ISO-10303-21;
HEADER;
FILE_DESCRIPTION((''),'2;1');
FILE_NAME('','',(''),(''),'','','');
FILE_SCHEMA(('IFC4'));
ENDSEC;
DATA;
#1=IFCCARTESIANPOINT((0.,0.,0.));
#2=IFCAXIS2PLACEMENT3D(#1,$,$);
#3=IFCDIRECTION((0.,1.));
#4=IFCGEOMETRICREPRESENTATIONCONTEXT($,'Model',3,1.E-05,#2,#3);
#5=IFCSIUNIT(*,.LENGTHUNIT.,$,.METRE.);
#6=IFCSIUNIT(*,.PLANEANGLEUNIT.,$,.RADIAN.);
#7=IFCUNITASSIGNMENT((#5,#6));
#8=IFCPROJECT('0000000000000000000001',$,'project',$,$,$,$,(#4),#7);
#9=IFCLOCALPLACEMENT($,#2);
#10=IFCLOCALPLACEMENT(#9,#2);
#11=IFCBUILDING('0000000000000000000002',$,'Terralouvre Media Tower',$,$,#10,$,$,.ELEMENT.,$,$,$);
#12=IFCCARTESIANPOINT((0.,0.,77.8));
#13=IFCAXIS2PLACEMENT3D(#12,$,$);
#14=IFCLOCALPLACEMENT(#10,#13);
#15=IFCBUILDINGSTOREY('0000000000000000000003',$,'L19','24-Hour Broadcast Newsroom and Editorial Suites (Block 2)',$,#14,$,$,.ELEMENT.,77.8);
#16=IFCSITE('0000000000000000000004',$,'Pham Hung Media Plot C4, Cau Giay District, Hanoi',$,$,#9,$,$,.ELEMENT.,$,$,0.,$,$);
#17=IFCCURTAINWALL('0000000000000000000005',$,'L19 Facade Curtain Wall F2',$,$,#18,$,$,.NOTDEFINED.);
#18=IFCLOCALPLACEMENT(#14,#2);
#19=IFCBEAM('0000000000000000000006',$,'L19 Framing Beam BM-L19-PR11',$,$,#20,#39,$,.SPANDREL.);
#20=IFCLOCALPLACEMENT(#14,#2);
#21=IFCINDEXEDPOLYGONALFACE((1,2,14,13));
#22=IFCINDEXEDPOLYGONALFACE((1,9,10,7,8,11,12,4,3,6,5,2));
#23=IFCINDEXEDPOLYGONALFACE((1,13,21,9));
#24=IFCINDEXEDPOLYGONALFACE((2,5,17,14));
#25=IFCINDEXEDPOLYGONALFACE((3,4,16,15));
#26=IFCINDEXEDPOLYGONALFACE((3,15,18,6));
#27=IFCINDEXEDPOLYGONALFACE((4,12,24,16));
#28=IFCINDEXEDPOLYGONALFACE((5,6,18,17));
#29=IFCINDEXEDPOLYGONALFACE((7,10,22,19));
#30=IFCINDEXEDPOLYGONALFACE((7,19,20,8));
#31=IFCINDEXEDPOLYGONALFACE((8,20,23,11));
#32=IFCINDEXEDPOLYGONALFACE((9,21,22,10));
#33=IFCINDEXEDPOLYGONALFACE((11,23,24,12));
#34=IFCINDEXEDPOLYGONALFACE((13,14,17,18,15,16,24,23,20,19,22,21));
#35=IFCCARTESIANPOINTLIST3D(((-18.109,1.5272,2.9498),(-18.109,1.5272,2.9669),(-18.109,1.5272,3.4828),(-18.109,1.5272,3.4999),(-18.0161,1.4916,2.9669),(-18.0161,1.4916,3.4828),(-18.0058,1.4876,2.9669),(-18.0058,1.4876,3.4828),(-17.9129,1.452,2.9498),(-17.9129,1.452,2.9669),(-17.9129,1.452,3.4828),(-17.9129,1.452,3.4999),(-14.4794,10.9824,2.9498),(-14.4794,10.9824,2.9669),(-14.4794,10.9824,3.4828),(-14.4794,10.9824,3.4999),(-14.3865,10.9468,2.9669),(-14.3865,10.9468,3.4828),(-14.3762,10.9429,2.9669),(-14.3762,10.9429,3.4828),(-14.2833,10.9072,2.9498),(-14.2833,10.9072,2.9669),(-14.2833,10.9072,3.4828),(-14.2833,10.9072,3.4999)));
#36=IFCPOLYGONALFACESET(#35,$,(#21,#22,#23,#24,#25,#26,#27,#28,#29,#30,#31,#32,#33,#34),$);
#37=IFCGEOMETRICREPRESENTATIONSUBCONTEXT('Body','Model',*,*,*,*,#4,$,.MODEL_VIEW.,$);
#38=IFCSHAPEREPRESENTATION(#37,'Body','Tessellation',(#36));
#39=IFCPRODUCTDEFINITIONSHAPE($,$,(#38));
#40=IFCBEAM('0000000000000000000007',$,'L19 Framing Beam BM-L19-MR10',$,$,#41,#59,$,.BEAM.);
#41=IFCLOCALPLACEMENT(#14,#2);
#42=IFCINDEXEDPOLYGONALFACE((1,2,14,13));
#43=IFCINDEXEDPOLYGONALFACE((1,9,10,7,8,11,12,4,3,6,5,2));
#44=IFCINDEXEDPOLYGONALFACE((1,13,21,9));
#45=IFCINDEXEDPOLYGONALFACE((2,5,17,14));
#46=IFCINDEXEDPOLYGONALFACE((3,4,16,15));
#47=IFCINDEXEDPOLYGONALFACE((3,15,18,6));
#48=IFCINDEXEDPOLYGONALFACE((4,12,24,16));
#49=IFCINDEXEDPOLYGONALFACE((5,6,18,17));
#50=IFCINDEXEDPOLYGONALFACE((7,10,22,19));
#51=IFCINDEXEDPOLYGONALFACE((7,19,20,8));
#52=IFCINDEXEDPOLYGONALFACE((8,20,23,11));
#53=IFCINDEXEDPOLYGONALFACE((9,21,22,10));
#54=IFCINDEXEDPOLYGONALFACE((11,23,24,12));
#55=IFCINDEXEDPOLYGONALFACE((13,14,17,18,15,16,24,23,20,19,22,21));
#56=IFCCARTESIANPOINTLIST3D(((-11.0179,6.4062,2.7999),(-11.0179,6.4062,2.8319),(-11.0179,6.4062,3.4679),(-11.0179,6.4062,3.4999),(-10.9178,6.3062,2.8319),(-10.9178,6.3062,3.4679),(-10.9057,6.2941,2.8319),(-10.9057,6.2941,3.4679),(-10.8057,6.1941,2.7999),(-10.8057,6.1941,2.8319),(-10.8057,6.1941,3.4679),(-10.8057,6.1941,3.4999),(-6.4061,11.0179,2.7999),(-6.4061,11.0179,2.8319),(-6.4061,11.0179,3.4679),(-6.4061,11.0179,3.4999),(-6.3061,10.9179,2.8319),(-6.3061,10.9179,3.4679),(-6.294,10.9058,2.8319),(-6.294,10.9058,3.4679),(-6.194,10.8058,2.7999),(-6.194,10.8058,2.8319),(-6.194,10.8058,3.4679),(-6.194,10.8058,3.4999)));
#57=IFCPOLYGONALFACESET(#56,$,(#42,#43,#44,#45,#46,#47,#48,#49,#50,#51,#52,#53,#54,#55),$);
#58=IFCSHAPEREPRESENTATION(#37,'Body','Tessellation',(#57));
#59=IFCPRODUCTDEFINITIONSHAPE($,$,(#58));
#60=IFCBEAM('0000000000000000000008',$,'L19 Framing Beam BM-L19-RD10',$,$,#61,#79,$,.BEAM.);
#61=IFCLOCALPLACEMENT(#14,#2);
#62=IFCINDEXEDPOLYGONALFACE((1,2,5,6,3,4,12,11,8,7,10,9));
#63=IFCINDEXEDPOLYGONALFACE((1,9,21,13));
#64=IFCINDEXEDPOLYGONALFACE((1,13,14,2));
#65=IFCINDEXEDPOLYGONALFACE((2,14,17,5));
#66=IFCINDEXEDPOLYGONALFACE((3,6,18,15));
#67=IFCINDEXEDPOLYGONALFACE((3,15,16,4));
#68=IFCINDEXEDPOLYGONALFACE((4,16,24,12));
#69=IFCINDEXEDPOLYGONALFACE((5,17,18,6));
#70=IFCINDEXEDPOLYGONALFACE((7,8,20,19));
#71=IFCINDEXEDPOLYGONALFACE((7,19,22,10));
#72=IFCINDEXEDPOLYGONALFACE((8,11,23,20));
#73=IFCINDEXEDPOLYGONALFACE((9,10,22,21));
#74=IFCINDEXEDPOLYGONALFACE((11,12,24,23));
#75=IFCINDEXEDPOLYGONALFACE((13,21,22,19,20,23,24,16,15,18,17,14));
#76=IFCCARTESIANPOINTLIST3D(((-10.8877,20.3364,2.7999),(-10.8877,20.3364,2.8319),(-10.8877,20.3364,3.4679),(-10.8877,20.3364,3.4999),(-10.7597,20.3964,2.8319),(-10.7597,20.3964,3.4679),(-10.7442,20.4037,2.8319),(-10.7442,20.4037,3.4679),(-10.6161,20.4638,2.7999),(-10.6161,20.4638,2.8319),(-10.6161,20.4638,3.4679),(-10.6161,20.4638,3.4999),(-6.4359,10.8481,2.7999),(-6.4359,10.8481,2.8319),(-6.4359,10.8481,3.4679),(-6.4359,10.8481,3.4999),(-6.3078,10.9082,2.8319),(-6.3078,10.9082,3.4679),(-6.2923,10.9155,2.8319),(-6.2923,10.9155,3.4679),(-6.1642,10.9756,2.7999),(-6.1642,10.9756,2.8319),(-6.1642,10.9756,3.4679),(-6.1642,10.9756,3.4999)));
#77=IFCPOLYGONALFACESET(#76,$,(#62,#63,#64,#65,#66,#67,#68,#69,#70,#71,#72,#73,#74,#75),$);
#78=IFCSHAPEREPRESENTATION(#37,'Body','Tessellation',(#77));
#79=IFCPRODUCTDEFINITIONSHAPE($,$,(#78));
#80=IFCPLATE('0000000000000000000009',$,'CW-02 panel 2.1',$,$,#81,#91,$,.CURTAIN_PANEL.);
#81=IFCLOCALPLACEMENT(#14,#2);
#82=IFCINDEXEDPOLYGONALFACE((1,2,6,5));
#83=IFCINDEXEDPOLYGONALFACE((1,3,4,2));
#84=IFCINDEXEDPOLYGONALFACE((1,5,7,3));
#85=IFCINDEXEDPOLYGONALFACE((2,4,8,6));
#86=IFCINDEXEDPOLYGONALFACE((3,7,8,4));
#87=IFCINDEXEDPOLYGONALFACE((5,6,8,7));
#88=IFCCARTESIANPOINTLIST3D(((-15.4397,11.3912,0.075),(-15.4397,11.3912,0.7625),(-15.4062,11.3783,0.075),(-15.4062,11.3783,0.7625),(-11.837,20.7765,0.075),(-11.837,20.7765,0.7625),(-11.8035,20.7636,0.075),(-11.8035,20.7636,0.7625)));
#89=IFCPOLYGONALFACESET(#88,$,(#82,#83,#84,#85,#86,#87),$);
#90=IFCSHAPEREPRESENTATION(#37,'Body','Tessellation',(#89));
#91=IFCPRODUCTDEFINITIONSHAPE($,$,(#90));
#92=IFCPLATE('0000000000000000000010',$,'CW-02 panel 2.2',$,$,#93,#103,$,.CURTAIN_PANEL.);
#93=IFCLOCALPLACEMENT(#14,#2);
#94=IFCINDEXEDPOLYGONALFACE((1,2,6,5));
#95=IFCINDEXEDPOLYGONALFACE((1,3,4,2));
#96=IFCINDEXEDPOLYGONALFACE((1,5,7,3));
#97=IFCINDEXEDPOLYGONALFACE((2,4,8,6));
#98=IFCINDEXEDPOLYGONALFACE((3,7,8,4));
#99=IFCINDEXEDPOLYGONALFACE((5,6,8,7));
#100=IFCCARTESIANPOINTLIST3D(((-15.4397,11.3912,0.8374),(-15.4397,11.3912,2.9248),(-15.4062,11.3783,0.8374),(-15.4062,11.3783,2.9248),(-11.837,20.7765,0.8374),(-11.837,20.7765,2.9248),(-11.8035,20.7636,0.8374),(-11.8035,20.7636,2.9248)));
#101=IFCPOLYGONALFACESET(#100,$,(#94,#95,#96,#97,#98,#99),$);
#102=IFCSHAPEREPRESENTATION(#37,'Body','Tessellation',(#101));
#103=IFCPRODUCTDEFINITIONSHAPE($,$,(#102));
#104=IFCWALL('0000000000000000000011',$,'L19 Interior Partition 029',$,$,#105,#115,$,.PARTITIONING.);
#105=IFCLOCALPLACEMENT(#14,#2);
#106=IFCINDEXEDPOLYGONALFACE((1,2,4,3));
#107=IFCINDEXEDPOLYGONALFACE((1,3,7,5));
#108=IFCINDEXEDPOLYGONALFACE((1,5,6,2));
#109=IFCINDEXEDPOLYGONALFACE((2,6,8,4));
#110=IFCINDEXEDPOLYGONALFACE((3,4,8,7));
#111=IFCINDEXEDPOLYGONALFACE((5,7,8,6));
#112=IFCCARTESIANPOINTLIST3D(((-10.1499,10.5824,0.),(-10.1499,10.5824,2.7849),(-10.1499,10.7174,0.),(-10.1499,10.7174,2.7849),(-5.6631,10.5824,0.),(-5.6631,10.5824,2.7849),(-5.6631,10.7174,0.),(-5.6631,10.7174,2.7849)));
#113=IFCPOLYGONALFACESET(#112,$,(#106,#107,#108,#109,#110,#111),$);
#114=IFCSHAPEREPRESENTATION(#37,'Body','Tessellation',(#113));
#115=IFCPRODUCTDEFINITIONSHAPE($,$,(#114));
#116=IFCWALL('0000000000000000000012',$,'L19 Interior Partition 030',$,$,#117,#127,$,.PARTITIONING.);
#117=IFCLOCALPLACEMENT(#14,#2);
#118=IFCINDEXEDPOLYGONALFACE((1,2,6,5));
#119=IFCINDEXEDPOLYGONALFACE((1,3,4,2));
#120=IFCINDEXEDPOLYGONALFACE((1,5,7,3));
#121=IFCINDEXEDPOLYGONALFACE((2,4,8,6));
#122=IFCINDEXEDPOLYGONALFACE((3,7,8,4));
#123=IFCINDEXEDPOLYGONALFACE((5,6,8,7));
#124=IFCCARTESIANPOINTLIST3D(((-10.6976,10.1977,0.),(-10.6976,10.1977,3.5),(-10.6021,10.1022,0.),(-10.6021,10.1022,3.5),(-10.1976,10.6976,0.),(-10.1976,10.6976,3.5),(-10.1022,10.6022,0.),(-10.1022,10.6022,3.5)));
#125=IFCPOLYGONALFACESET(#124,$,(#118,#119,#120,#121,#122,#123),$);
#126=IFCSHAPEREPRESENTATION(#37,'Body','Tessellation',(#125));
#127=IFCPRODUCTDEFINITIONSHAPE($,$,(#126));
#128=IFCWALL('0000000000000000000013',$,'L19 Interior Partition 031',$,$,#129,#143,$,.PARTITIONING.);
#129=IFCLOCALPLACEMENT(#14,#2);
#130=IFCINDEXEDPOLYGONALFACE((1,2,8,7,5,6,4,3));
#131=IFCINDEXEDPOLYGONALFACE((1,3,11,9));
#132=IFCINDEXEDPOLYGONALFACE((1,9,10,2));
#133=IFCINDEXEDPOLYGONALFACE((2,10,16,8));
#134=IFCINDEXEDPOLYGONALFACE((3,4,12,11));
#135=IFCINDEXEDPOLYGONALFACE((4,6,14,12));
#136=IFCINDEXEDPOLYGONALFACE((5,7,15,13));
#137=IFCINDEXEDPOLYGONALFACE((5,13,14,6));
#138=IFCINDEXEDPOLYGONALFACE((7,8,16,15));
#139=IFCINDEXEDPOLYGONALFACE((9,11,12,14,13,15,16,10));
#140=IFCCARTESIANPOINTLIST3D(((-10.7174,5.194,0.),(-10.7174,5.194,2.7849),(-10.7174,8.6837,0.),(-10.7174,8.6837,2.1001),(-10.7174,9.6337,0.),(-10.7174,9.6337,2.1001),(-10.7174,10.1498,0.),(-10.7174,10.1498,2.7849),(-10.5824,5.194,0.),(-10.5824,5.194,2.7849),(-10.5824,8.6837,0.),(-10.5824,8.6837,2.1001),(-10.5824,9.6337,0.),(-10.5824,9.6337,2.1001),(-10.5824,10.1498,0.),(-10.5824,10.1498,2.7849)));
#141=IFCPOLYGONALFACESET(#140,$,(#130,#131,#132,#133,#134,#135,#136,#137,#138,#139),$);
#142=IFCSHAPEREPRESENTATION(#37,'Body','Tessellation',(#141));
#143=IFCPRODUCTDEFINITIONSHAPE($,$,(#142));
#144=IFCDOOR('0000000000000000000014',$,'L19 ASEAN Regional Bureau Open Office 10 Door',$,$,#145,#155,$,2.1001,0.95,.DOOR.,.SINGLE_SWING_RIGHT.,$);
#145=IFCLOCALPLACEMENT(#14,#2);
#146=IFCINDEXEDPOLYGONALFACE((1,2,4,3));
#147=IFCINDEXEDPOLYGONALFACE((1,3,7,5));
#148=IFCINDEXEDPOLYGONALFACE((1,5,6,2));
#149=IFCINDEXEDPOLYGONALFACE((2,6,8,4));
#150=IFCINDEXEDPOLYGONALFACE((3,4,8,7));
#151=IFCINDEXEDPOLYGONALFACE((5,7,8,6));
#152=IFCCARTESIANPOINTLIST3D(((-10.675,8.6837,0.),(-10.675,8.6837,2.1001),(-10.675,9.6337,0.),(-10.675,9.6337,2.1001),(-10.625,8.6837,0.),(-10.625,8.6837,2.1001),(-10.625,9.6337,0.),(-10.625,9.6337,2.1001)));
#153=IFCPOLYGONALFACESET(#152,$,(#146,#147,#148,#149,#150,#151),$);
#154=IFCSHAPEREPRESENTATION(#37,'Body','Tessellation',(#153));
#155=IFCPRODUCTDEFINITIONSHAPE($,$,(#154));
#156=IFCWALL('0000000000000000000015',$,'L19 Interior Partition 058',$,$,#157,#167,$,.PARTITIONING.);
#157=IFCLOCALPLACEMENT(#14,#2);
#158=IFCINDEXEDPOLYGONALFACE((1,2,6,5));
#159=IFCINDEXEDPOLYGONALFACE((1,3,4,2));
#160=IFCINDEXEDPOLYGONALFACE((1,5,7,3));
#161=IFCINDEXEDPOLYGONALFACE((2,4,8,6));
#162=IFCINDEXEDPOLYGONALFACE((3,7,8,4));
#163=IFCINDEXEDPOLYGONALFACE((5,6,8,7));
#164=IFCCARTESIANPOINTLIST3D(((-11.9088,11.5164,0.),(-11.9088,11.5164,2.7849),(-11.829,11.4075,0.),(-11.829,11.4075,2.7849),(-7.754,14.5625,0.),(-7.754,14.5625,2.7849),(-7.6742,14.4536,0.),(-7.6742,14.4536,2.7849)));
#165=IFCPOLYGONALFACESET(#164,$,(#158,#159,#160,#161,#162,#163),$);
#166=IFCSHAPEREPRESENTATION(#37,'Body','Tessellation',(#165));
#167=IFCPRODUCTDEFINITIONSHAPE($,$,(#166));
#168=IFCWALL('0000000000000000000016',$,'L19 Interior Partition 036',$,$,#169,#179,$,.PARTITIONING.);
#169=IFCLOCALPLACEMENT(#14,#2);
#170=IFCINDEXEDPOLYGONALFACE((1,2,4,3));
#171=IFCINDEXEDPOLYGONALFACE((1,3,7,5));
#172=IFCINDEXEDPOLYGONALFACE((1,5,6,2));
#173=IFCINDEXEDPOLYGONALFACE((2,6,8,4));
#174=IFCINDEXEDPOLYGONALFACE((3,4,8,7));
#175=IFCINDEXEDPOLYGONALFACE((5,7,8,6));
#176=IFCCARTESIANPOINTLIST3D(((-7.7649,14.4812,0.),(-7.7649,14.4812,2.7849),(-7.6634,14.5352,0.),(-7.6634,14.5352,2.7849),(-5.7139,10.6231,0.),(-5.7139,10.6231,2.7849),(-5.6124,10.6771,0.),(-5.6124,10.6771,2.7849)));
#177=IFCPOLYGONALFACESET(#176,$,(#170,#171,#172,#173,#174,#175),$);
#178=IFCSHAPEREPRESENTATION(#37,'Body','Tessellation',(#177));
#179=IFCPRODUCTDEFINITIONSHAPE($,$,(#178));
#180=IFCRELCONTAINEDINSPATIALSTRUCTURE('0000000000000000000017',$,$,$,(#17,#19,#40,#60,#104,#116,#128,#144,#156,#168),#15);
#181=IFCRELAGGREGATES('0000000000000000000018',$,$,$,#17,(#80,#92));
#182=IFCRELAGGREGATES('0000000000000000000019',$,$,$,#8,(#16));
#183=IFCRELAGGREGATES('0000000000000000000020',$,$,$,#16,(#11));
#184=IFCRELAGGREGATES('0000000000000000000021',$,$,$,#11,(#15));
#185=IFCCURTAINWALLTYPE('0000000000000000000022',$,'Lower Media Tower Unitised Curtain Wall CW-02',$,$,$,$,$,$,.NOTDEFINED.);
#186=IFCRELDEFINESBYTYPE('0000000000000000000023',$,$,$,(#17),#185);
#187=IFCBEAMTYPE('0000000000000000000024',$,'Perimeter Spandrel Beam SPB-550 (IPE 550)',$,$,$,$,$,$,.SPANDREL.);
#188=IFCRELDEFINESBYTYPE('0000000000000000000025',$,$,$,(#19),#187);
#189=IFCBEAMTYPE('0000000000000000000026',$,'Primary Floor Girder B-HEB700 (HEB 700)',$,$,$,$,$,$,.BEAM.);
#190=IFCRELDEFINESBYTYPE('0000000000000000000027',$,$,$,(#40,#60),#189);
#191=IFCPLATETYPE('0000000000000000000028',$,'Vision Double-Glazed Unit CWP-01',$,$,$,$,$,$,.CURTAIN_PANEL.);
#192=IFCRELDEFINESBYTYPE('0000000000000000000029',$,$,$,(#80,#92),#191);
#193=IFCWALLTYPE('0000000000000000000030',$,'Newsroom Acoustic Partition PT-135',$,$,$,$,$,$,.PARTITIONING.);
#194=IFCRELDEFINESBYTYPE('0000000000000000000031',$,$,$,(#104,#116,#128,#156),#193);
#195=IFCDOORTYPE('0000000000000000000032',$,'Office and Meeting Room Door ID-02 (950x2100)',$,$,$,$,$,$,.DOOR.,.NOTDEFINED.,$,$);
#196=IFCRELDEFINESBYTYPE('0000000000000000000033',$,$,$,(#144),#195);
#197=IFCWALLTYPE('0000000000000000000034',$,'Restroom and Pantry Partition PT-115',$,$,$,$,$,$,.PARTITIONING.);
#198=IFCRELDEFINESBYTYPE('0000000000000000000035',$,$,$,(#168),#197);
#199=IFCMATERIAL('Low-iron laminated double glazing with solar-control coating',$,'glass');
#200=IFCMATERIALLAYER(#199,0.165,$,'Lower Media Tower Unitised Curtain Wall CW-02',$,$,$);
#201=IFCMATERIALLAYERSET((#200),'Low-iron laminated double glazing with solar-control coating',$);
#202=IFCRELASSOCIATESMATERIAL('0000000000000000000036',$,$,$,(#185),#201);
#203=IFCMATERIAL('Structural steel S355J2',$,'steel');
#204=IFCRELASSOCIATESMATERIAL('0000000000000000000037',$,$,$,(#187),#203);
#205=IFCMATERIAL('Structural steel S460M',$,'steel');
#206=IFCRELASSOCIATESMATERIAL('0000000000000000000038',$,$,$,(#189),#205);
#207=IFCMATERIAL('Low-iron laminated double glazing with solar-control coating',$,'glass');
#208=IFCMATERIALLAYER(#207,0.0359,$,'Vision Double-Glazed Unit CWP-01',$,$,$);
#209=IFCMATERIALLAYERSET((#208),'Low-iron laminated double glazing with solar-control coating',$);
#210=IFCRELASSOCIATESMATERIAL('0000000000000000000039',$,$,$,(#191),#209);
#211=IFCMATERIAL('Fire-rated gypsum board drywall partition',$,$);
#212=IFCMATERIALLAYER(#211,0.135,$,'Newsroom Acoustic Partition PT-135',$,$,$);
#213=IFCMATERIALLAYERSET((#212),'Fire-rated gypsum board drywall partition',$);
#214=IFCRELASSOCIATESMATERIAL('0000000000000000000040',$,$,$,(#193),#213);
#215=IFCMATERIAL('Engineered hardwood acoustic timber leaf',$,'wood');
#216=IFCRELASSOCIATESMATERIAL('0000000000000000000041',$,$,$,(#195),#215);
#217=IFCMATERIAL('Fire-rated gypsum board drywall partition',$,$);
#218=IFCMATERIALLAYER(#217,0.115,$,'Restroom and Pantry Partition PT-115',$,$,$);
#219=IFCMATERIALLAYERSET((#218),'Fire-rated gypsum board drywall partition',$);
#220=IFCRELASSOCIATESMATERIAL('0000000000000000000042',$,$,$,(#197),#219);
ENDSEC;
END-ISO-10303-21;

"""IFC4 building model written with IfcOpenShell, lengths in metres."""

from ifc_helpers import new_model, si_unit, direction, frame, frame_2d, origin, origin_2d, place, context, subcontext, project, spatial, rectangle, i_section, extrude, material, layer, layer_set, material_profile, profile_set, type_object, element, fill, aggregate, save


model = new_model("IFC4")

# Units and contexts
model_context = context("Model", 3, precision=1e-05, world=origin(), true_north=direction((0.0, 1.0)))
body_context = subcontext(model_context, "Body", "Model", "MODEL_VIEW")
ifc_project = project(units=[si_unit("LENGTHUNIT", "METRE"), si_unit("PLANEANGLEUNIT", "RADIAN")], contexts=[model_context])

# Site, building, storey
site_placement = place(None, origin())
site = spatial("IfcSite", under=ifc_project, at=site_placement, Name="Pham Hung Media Plot C4, Cau Giay District, Hanoi", CompositionType="ELEMENT", RefElevation=0.0)
building_placement = place(site_placement, origin())
building = spatial("IfcBuilding", under=site, at=building_placement, Name="Terralouvre Media Tower", CompositionType="ELEMENT")
storey_placement = place(building_placement, frame((0.0, 0.0, 77.8)))
storey = spatial("IfcBuildingStorey", under=building, at=storey_placement, Name="L19", Description="24-Hour Broadcast Newsroom and Editorial Suites (Block 2)", CompositionType="ELEMENT", Elevation=77.8)

# Curtain wall
ifc_material_1 = material(Name="Low-iron laminated double glazing with solar-control coating", Category="glass")
ifc_layer_1 = layer(ifc_material_1, 0.165, Name="Lower Media Tower Unitised Curtain Wall CW-02")
ifc_layer_set_1 = layer_set([ifc_layer_1], Name="Low-iron laminated double glazing with solar-control coating")
curtain_wall_type = type_object("IfcCurtainWallType", Name="Lower Media Tower Unitised Curtain Wall CW-02", PredefinedType="NOTDEFINED", material=ifc_layer_set_1)
curtain_wall_placement = place(storey_placement, origin())
curtain_wall = element("IfcCurtainWall", 1, at=curtain_wall_placement, inside=storey, type_object=curtain_wall_type, Name="L19 Facade Curtain Wall F2", PredefinedType="NOTDEFINED")

# Beams
ifc_material_2 = material(Name="Structural steel S355J2", Category="steel")
ifc_material_profile_1 = material_profile(ifc_material_2, i_section(OverallWidth=0.21, OverallDepth=0.55, WebThickness=0.011, FlangeThickness=0.0171, at=origin_2d()), Name="IPE 550")
ifc_profile_set_1 = profile_set([ifc_material_profile_1], Name="Structural steel S355J2")
beam_type_1 = type_object("IfcBeamType", Name="Perimeter Spandrel Beam SPB-550 (IPE 550)", PredefinedType="SPANDREL", material=ifc_profile_set_1)
for number, where, z_axis, x_axis, name in (
    (2, (-14.3813, 10.9448, 3.2249), (-0.358375, -0.933578, 0.0), (0.933578, -0.358375, 0.0), "L19 Framing Beam BM-L19-PR11"),
):
    element("IfcBeam", number, at=place(storey_placement, frame(where, z_axis=z_axis, x_axis=x_axis)), inside=storey, type_object=beam_type_1, Name=name, PredefinedType="SPANDREL", context=body_context, shape_type="SweptSolid", body=[
        extrude(i_section(OverallWidth=0.21, OverallDepth=0.55, WebThickness=0.011, FlangeThickness=0.0171, at=origin_2d()), origin(), (0.0, 0.0, 1.0), 10.1279),
    ])
ifc_material_3 = material(Name="Structural steel S460M", Category="steel")
ifc_material_profile_2 = material_profile(ifc_material_3, i_section(OverallWidth=0.3, OverallDepth=0.7, WebThickness=0.0171, FlangeThickness=0.032, at=origin_2d()), Name="HEB 700")
ifc_profile_set_2 = profile_set([ifc_material_profile_2], Name="Structural steel S460M")
beam_type_2 = type_object("IfcBeamType", Name="Primary Floor Girder B-HEB700 (HEB 700)", PredefinedType="BEAM", material=ifc_profile_set_2)
beam_1_placement = place(storey_placement, frame((-6.3, 10.9119, 3.1499), z_axis=(-0.707107, -0.707107, 0.0), x_axis=(0.707107, -0.707107, 0.0)))
element("IfcBeam", 3, at=beam_1_placement, inside=storey, type_object=beam_type_2, Name="L19 Framing Beam BM-L19-MR10", PredefinedType="BEAM", context=body_context, shape_type="SweptSolid", body=[
    extrude(i_section(OverallWidth=0.3, OverallDepth=0.7, WebThickness=0.0171, FlangeThickness=0.032, at=origin_2d()), origin(), (0.0, 0.0, 1.0), 6.522),
])
beam_2_placement = place(storey_placement, frame((-6.3, 10.9119, 3.1499), z_axis=(-0.424768, 0.905302, 0.0), x_axis=(-0.905302, -0.424768, 0.0)))
element("IfcBeam", 4, at=beam_2_placement, inside=storey, type_object=beam_type_2, Name="L19 Framing Beam BM-L19-RD10", PredefinedType="BEAM", context=body_context, shape_type="SweptSolid", body=[
    extrude(i_section(OverallWidth=0.3, OverallDepth=0.7, WebThickness=0.0171, FlangeThickness=0.032, at=origin_2d()), origin(), (0.0, 0.0, 1.0), 10.4807),
])

# Plates
ifc_material_4 = material(Name="Low-iron laminated double glazing with solar-control coating", Category="glass")
ifc_layer_2 = layer(ifc_material_4, 0.0359, Name="Vision Double-Glazed Unit CWP-01")
ifc_layer_set_2 = layer_set([ifc_layer_2], Name="Low-iron laminated double glazing with solar-control coating")
plate_type = type_object("IfcPlateType", Name="Vision Double-Glazed Unit CWP-01", PredefinedType="CURTAIN_PANEL", material=ifc_layer_set_2)
plate_1_placement = place(storey_placement, frame((-13.6216, 16.0774, 0.075), z_axis=(0.0, 0.0, 1.0), x_axis=(-0.358368, -0.93358, 0.0)))
plate_1 = element("IfcPlate", 5, at=plate_1_placement, type_object=plate_type, Name="CW-02 panel 2.1", PredefinedType="CURTAIN_PANEL", context=body_context, shape_type="SweptSolid", body=[
    extrude(rectangle(XDim=10.053, YDim=0.0359, at=origin_2d()), origin(), (0.0, 0.0, 1.0), 0.6875),
])
plate_2_placement = place(storey_placement, frame((-13.6216, 16.0774, 0.8374), z_axis=(0.0, 0.0, 1.0), x_axis=(-0.358368, -0.93358, 0.0)))
plate_2 = element("IfcPlate", 6, at=plate_2_placement, type_object=plate_type, Name="CW-02 panel 2.2", PredefinedType="CURTAIN_PANEL", context=body_context, shape_type="SweptSolid", body=[
    extrude(rectangle(XDim=10.053, YDim=0.0359, at=origin_2d()), origin(), (0.0, 0.0, 1.0), 2.0874),
])
aggregate(curtain_wall, [plate_1, plate_2])

# Walls
ifc_material_5 = material(Name="Fire-rated gypsum board drywall partition")
ifc_layer_3 = layer(ifc_material_5, 0.135, Name="Newsroom Acoustic Partition PT-135")
ifc_layer_set_3 = layer_set([ifc_layer_3], Name="Fire-rated gypsum board drywall partition")
wall_type_1 = type_object("IfcWallType", Name="Newsroom Acoustic Partition PT-135", PredefinedType="PARTITIONING", material=ifc_layer_set_3)
wall_1_placement = place(storey_placement, frame((-5.6631, 10.6499, 0.0), z_axis=(0.0, 0.0, 1.0), x_axis=(-1.0, 0.0, 0.0)))
element("IfcWall", 7, at=wall_1_placement, inside=storey, type_object=wall_type_1, Name="L19 Interior Partition 029", PredefinedType="PARTITIONING", context=body_context, shape_type="SweptSolid", body=[
    extrude(rectangle(XDim=4.4868, YDim=0.135, at=frame_2d((2.2434, 0.0))), origin(), (0.0, 0.0, 1.0), 2.7849),
])
wall_2_placement = place(storey_placement, frame((-10.1499, 10.6499, 0.0), z_axis=(0.0, 0.0, 1.0), x_axis=(-0.707107, -0.707107, 0.0)))
element("IfcWall", 8, at=wall_2_placement, inside=storey, type_object=wall_type_1, Name="L19 Interior Partition 030", PredefinedType="PARTITIONING", context=body_context, shape_type="SweptSolid", body=[
    extrude(rectangle(XDim=0.707, YDim=0.135, at=frame_2d((0.3535, 0.0))), origin(), (0.0, 0.0, 1.0), 3.5),
])

# Wall, opening, door
wall_3_placement = place(storey_placement, frame((-10.6499, 10.1499, 0.0), z_axis=(0.0, 0.0, 1.0), x_axis=(0.0, -1.0, 0.0)))
wall_3 = element("IfcWall", 9, at=wall_3_placement, inside=storey, type_object=wall_type_1, Name="L19 Interior Partition 031", PredefinedType="PARTITIONING", context=body_context, shape_type="SweptSolid", body=[
    extrude(rectangle(XDim=4.9558, YDim=0.135, at=frame_2d((2.478, 0.0))), origin(), (0.0, 0.0, 1.0), 2.7849),
])
opening_placement = place(wall_3_placement, frame((0.5161, 0.0, 0.0)))
opening = element("IfcOpeningElement", 10, at=opening_placement, cuts=wall_3, PredefinedType="OPENING", context=body_context, shape_type="SweptSolid", body=[
    extrude(rectangle(XDim=0.95, YDim=2.1001, at=frame_2d((0.4751, 1.05))), frame((0.0, 0.0774, 0.0), z_axis=(0.0, -1.0, 0.0), x_axis=(1.0, 0.0, 0.0)), (0.0, 0.0, 1.0), 0.155),
])
ifc_material_6 = material(Name="Engineered hardwood acoustic timber leaf", Category="wood")
door_type = type_object("IfcDoorType", Name="Office and Meeting Room Door ID-02 (950x2100)", OperationType="NOTDEFINED", PredefinedType="DOOR", material=ifc_material_6)
door_placement = place(opening_placement, origin())
door = element("IfcDoor", 11, at=door_placement, inside=storey, type_object=door_type, Name="L19 ASEAN Regional Bureau Open Office 10 Door", OperationType="SINGLE_SWING_RIGHT", OverallHeight=2.1001, OverallWidth=0.95, PredefinedType="DOOR", context=body_context, shape_type="SweptSolid", body=[
    extrude(rectangle(XDim=0.95, YDim=2.1001, at=frame_2d((0.4751, 1.05))), frame((0.0, 0.0249, 0.0), z_axis=(0.0, -1.0, 0.0), x_axis=(1.0, 0.0, 0.0)), (0.0, 0.0, 1.0), 0.05),
])
fill(opening, door)

# Walls
wall_4_placement = place(storey_placement, frame((-11.8689, 11.4619, 0.0), z_axis=(0.0, 0.0, 1.0), x_axis=(0.80647, 0.591275, 0.0)))
element("IfcWall", 12, at=wall_4_placement, inside=storey, type_object=wall_type_1, Name="L19 Interior Partition 058", PredefinedType="PARTITIONING", context=body_context, shape_type="SweptSolid", body=[
    extrude(rectangle(XDim=5.1519, YDim=0.135, at=frame_2d((2.5759, 0.0))), origin(), (0.0, 0.0, 1.0), 2.7849),
])
ifc_material_7 = material(Name="Fire-rated gypsum board drywall partition")
ifc_layer_4 = layer(ifc_material_7, 0.115, Name="Restroom and Pantry Partition PT-115")
ifc_layer_set_4 = layer_set([ifc_layer_4], Name="Fire-rated gypsum board drywall partition")
wall_type_2 = type_object("IfcWallType", Name="Restroom and Pantry Partition PT-115", PredefinedType="PARTITIONING", material=ifc_layer_set_4)
wall_5_placement = place(storey_placement, frame((-7.7141, 14.5081, 0.0), z_axis=(0.0, 0.0, 1.0), x_axis=(0.469402, -0.882985, 0.0)))
element("IfcWall", 13, at=wall_5_placement, inside=storey, type_object=wall_type_2, Name="L19 Interior Partition 036", PredefinedType="PARTITIONING", context=body_context, shape_type="SweptSolid", body=[
    extrude(rectangle(XDim=4.3694, YDim=0.115, at=frame_2d((2.1846, 0.0))), origin(), (0.0, 0.0, 1.0), 2.7849),
])

save(model, "model.ifc")
